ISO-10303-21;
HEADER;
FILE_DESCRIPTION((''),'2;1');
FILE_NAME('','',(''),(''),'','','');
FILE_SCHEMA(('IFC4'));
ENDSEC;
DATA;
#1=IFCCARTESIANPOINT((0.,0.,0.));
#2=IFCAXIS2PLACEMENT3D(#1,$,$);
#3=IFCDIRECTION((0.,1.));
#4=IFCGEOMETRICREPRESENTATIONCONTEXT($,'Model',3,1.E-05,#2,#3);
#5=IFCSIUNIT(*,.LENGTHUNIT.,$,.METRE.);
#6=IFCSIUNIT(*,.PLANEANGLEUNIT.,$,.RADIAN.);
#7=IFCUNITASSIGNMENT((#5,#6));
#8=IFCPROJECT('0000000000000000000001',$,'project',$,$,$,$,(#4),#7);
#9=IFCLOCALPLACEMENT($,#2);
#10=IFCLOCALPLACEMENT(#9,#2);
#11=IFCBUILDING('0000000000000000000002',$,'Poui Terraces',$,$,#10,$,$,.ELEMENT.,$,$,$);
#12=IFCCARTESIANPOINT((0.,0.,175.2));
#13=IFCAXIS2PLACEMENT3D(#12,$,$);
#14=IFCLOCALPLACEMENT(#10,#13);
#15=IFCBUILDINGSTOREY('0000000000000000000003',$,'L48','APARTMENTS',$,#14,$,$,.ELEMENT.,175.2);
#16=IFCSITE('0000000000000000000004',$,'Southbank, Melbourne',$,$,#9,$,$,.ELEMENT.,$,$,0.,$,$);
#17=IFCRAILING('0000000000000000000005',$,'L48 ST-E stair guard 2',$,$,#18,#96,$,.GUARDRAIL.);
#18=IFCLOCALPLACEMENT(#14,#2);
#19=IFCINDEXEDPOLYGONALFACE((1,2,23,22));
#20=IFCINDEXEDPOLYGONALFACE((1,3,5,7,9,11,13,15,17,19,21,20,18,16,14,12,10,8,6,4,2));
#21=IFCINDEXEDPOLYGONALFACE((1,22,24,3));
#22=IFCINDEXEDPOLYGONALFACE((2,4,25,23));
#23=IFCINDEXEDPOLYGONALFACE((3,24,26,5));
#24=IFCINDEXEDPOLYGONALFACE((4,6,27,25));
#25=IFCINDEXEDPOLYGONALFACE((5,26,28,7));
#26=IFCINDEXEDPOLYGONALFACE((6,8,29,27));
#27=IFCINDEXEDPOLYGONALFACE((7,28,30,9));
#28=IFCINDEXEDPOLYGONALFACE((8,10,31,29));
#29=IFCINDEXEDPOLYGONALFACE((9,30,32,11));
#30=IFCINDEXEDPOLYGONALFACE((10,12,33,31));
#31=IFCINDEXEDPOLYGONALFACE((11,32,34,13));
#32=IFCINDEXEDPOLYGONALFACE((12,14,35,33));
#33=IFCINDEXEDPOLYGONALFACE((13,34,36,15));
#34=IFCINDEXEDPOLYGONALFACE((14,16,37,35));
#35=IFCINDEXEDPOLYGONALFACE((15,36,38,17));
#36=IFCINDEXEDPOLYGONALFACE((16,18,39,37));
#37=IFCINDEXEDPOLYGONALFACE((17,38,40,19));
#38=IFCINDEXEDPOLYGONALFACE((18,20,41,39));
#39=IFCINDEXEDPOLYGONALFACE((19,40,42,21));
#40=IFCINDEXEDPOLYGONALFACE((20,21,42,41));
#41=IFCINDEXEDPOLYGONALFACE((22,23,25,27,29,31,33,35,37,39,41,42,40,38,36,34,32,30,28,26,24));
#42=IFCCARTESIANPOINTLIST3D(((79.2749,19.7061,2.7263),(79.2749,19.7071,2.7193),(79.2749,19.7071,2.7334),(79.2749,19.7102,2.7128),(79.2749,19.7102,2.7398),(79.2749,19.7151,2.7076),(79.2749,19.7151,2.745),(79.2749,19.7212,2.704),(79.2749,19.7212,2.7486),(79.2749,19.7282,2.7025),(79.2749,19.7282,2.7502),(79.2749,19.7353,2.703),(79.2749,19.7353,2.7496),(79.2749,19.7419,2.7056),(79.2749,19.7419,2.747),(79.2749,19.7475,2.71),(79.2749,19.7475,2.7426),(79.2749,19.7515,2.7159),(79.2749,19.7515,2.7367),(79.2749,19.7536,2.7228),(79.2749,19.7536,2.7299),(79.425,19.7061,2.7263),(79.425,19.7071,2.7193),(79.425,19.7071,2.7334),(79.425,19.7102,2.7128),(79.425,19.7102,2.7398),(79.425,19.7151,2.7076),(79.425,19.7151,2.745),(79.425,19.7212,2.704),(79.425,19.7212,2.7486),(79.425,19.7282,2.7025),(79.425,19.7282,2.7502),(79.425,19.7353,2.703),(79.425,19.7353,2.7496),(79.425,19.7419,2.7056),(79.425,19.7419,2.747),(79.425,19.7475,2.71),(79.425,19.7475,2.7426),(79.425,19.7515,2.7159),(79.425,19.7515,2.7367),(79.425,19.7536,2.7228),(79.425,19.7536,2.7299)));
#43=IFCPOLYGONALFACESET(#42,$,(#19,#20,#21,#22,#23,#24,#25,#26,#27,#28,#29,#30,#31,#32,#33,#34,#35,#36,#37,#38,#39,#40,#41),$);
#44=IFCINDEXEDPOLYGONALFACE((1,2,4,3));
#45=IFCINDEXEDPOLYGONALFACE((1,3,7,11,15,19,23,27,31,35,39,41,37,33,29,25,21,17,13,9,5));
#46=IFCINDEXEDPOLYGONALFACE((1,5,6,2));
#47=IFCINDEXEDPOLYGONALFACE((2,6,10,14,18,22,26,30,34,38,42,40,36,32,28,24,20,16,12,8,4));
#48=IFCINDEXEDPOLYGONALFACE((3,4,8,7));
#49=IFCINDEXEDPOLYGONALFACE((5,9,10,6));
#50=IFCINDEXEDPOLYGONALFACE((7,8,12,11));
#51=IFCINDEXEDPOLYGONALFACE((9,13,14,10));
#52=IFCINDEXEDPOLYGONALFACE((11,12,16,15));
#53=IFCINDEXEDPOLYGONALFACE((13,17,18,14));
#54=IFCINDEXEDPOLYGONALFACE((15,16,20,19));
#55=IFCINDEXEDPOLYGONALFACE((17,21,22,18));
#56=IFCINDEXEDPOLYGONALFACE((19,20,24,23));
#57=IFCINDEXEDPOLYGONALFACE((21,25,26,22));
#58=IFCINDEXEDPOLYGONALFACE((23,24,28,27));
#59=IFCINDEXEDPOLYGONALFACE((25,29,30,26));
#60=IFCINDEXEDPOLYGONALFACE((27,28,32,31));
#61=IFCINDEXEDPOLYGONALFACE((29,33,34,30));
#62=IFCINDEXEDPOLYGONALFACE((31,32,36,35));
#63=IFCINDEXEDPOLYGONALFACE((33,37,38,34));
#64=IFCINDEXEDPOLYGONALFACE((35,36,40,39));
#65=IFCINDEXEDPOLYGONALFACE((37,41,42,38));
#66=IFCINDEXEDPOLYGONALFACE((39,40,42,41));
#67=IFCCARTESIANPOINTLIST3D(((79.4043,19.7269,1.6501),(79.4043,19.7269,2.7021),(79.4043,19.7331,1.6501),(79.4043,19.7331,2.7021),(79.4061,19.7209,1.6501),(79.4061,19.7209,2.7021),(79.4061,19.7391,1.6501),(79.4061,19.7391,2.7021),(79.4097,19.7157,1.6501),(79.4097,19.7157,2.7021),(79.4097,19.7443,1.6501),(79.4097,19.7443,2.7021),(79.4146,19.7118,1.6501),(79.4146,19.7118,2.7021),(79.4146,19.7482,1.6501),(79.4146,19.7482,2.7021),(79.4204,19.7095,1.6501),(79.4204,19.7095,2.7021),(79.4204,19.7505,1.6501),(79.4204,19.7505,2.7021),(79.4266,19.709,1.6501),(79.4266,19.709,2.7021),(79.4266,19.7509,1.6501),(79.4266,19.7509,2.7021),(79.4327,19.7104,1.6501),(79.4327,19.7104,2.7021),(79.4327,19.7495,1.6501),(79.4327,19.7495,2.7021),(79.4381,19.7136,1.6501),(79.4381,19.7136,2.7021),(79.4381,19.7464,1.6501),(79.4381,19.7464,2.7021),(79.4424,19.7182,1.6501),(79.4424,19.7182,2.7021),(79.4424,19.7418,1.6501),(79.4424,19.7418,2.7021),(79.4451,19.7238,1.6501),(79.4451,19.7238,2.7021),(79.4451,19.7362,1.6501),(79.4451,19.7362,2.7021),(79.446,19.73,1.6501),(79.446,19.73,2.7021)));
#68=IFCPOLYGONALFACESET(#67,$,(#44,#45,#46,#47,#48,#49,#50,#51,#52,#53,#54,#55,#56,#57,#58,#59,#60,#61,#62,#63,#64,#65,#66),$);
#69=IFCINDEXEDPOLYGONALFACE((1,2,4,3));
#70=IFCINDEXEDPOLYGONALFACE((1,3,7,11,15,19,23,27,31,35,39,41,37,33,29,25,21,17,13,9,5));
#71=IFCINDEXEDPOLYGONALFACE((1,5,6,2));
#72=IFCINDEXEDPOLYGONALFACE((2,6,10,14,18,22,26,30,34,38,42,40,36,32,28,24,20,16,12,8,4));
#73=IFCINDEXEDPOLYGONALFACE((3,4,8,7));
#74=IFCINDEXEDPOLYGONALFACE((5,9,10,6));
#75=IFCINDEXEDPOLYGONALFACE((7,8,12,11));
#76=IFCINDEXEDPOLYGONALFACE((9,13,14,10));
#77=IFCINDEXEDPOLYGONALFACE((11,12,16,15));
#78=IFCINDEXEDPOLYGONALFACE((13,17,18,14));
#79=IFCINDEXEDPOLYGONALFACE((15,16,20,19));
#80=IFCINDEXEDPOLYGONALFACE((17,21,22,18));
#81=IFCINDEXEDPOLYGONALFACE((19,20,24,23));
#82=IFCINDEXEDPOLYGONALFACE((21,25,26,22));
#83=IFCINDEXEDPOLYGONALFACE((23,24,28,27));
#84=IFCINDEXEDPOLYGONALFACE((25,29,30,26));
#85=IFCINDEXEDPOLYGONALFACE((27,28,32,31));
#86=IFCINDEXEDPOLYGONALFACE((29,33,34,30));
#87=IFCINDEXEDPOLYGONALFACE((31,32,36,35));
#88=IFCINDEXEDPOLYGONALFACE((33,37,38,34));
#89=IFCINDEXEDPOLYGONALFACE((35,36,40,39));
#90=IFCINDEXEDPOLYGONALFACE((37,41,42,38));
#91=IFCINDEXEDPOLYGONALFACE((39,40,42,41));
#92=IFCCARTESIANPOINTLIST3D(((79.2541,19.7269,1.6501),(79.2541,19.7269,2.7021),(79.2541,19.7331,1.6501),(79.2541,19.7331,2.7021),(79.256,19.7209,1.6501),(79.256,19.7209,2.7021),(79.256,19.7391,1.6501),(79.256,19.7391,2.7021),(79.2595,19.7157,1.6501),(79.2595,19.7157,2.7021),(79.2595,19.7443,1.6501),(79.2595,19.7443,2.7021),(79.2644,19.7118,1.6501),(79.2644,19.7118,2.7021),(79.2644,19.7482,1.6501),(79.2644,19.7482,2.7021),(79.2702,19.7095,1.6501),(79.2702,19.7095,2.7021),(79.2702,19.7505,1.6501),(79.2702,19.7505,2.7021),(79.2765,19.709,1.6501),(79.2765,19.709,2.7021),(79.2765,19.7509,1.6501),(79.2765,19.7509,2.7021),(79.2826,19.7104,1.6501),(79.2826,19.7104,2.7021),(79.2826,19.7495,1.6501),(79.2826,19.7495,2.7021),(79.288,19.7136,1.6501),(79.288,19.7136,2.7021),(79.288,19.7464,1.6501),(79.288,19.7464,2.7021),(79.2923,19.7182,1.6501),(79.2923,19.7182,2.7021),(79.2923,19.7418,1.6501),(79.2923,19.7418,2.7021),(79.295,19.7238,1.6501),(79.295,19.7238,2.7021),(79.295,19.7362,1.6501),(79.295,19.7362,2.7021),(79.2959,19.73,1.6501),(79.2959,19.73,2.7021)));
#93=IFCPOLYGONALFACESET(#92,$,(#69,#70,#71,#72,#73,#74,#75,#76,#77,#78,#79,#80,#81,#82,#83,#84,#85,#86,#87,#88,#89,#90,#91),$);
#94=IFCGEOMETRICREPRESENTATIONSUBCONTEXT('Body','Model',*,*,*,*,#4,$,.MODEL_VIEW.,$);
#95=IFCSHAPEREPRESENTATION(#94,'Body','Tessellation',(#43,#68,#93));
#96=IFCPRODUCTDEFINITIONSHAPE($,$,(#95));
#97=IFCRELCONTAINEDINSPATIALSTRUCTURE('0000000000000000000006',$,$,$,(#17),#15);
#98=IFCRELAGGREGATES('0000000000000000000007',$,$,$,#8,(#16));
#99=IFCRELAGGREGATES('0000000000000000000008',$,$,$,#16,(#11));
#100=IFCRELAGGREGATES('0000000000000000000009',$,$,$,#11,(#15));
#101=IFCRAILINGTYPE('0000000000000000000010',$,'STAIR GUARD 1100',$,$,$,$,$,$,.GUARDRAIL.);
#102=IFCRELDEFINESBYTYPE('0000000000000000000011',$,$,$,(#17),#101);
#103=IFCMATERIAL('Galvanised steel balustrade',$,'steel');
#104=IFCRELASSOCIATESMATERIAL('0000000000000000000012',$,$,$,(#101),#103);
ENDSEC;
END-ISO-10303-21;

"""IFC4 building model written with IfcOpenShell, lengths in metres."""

from ifc_helpers import new_model, si_unit, direction, frame, origin, origin_2d, place, context, subcontext, project, spatial, circle, extrude, material, type_object, element, save


model = new_model("IFC4")

# Units and contexts
model_context = context("Model", 3, precision=1e-05, world=origin(), true_north=direction((0.0, 1.0)))
body_context = subcontext(model_context, "Body", "Model", "MODEL_VIEW")
ifc_project = project(units=[si_unit("LENGTHUNIT", "METRE"), si_unit("PLANEANGLEUNIT", "RADIAN")], contexts=[model_context])

# Site, building, storey
site_placement = place(None, origin())
site = spatial("IfcSite", under=ifc_project, at=site_placement, Name="Southbank, Melbourne", CompositionType="ELEMENT", RefElevation=0.0)
building_placement = place(site_placement, origin())
building = spatial("IfcBuilding", under=site, at=building_placement, Name="Poui Terraces", CompositionType="ELEMENT")
storey_placement = place(building_placement, frame((0.0, 0.0, 175.2)))
storey = spatial("IfcBuildingStorey", under=building, at=storey_placement, Name="L48", Description="APARTMENTS", CompositionType="ELEMENT", Elevation=175.2)

# Railing
ifc_material_1 = material(Name="Galvanised steel balustrade", Category="steel")
railing_type = type_object("IfcRailingType", Name="STAIR GUARD 1100", PredefinedType="GUARDRAIL", material=ifc_material_1)
railing_placement = place(storey_placement, frame((79.425, 19.73, 1.6501)))
element("IfcRailing", 1, at=railing_placement, inside=storey, type_object=railing_type, Name="L48 ST-E stair guard 2", PredefinedType="GUARDRAIL", context=body_context, shape_type="SweptSolid", body=[
    extrude(circle(Radius=0.0239, at=origin_2d()), frame((0.0, 0.0, 1.0762), z_axis=(-1.0, 0.0, 0.0), x_axis=(0.0, -1.0, 0.0)), (0.0, 0.0, 1.0), 0.1501),
    extrude(circle(Radius=0.021, at=origin_2d()), origin(), (0.0, 0.0, 1.0), 1.052),
    extrude(circle(Radius=0.021, at=origin_2d()), frame((-0.1501, 0.0, 0.0)), (0.0, 0.0, 1.0), 1.052),
])

save(model, "model.ifc")
